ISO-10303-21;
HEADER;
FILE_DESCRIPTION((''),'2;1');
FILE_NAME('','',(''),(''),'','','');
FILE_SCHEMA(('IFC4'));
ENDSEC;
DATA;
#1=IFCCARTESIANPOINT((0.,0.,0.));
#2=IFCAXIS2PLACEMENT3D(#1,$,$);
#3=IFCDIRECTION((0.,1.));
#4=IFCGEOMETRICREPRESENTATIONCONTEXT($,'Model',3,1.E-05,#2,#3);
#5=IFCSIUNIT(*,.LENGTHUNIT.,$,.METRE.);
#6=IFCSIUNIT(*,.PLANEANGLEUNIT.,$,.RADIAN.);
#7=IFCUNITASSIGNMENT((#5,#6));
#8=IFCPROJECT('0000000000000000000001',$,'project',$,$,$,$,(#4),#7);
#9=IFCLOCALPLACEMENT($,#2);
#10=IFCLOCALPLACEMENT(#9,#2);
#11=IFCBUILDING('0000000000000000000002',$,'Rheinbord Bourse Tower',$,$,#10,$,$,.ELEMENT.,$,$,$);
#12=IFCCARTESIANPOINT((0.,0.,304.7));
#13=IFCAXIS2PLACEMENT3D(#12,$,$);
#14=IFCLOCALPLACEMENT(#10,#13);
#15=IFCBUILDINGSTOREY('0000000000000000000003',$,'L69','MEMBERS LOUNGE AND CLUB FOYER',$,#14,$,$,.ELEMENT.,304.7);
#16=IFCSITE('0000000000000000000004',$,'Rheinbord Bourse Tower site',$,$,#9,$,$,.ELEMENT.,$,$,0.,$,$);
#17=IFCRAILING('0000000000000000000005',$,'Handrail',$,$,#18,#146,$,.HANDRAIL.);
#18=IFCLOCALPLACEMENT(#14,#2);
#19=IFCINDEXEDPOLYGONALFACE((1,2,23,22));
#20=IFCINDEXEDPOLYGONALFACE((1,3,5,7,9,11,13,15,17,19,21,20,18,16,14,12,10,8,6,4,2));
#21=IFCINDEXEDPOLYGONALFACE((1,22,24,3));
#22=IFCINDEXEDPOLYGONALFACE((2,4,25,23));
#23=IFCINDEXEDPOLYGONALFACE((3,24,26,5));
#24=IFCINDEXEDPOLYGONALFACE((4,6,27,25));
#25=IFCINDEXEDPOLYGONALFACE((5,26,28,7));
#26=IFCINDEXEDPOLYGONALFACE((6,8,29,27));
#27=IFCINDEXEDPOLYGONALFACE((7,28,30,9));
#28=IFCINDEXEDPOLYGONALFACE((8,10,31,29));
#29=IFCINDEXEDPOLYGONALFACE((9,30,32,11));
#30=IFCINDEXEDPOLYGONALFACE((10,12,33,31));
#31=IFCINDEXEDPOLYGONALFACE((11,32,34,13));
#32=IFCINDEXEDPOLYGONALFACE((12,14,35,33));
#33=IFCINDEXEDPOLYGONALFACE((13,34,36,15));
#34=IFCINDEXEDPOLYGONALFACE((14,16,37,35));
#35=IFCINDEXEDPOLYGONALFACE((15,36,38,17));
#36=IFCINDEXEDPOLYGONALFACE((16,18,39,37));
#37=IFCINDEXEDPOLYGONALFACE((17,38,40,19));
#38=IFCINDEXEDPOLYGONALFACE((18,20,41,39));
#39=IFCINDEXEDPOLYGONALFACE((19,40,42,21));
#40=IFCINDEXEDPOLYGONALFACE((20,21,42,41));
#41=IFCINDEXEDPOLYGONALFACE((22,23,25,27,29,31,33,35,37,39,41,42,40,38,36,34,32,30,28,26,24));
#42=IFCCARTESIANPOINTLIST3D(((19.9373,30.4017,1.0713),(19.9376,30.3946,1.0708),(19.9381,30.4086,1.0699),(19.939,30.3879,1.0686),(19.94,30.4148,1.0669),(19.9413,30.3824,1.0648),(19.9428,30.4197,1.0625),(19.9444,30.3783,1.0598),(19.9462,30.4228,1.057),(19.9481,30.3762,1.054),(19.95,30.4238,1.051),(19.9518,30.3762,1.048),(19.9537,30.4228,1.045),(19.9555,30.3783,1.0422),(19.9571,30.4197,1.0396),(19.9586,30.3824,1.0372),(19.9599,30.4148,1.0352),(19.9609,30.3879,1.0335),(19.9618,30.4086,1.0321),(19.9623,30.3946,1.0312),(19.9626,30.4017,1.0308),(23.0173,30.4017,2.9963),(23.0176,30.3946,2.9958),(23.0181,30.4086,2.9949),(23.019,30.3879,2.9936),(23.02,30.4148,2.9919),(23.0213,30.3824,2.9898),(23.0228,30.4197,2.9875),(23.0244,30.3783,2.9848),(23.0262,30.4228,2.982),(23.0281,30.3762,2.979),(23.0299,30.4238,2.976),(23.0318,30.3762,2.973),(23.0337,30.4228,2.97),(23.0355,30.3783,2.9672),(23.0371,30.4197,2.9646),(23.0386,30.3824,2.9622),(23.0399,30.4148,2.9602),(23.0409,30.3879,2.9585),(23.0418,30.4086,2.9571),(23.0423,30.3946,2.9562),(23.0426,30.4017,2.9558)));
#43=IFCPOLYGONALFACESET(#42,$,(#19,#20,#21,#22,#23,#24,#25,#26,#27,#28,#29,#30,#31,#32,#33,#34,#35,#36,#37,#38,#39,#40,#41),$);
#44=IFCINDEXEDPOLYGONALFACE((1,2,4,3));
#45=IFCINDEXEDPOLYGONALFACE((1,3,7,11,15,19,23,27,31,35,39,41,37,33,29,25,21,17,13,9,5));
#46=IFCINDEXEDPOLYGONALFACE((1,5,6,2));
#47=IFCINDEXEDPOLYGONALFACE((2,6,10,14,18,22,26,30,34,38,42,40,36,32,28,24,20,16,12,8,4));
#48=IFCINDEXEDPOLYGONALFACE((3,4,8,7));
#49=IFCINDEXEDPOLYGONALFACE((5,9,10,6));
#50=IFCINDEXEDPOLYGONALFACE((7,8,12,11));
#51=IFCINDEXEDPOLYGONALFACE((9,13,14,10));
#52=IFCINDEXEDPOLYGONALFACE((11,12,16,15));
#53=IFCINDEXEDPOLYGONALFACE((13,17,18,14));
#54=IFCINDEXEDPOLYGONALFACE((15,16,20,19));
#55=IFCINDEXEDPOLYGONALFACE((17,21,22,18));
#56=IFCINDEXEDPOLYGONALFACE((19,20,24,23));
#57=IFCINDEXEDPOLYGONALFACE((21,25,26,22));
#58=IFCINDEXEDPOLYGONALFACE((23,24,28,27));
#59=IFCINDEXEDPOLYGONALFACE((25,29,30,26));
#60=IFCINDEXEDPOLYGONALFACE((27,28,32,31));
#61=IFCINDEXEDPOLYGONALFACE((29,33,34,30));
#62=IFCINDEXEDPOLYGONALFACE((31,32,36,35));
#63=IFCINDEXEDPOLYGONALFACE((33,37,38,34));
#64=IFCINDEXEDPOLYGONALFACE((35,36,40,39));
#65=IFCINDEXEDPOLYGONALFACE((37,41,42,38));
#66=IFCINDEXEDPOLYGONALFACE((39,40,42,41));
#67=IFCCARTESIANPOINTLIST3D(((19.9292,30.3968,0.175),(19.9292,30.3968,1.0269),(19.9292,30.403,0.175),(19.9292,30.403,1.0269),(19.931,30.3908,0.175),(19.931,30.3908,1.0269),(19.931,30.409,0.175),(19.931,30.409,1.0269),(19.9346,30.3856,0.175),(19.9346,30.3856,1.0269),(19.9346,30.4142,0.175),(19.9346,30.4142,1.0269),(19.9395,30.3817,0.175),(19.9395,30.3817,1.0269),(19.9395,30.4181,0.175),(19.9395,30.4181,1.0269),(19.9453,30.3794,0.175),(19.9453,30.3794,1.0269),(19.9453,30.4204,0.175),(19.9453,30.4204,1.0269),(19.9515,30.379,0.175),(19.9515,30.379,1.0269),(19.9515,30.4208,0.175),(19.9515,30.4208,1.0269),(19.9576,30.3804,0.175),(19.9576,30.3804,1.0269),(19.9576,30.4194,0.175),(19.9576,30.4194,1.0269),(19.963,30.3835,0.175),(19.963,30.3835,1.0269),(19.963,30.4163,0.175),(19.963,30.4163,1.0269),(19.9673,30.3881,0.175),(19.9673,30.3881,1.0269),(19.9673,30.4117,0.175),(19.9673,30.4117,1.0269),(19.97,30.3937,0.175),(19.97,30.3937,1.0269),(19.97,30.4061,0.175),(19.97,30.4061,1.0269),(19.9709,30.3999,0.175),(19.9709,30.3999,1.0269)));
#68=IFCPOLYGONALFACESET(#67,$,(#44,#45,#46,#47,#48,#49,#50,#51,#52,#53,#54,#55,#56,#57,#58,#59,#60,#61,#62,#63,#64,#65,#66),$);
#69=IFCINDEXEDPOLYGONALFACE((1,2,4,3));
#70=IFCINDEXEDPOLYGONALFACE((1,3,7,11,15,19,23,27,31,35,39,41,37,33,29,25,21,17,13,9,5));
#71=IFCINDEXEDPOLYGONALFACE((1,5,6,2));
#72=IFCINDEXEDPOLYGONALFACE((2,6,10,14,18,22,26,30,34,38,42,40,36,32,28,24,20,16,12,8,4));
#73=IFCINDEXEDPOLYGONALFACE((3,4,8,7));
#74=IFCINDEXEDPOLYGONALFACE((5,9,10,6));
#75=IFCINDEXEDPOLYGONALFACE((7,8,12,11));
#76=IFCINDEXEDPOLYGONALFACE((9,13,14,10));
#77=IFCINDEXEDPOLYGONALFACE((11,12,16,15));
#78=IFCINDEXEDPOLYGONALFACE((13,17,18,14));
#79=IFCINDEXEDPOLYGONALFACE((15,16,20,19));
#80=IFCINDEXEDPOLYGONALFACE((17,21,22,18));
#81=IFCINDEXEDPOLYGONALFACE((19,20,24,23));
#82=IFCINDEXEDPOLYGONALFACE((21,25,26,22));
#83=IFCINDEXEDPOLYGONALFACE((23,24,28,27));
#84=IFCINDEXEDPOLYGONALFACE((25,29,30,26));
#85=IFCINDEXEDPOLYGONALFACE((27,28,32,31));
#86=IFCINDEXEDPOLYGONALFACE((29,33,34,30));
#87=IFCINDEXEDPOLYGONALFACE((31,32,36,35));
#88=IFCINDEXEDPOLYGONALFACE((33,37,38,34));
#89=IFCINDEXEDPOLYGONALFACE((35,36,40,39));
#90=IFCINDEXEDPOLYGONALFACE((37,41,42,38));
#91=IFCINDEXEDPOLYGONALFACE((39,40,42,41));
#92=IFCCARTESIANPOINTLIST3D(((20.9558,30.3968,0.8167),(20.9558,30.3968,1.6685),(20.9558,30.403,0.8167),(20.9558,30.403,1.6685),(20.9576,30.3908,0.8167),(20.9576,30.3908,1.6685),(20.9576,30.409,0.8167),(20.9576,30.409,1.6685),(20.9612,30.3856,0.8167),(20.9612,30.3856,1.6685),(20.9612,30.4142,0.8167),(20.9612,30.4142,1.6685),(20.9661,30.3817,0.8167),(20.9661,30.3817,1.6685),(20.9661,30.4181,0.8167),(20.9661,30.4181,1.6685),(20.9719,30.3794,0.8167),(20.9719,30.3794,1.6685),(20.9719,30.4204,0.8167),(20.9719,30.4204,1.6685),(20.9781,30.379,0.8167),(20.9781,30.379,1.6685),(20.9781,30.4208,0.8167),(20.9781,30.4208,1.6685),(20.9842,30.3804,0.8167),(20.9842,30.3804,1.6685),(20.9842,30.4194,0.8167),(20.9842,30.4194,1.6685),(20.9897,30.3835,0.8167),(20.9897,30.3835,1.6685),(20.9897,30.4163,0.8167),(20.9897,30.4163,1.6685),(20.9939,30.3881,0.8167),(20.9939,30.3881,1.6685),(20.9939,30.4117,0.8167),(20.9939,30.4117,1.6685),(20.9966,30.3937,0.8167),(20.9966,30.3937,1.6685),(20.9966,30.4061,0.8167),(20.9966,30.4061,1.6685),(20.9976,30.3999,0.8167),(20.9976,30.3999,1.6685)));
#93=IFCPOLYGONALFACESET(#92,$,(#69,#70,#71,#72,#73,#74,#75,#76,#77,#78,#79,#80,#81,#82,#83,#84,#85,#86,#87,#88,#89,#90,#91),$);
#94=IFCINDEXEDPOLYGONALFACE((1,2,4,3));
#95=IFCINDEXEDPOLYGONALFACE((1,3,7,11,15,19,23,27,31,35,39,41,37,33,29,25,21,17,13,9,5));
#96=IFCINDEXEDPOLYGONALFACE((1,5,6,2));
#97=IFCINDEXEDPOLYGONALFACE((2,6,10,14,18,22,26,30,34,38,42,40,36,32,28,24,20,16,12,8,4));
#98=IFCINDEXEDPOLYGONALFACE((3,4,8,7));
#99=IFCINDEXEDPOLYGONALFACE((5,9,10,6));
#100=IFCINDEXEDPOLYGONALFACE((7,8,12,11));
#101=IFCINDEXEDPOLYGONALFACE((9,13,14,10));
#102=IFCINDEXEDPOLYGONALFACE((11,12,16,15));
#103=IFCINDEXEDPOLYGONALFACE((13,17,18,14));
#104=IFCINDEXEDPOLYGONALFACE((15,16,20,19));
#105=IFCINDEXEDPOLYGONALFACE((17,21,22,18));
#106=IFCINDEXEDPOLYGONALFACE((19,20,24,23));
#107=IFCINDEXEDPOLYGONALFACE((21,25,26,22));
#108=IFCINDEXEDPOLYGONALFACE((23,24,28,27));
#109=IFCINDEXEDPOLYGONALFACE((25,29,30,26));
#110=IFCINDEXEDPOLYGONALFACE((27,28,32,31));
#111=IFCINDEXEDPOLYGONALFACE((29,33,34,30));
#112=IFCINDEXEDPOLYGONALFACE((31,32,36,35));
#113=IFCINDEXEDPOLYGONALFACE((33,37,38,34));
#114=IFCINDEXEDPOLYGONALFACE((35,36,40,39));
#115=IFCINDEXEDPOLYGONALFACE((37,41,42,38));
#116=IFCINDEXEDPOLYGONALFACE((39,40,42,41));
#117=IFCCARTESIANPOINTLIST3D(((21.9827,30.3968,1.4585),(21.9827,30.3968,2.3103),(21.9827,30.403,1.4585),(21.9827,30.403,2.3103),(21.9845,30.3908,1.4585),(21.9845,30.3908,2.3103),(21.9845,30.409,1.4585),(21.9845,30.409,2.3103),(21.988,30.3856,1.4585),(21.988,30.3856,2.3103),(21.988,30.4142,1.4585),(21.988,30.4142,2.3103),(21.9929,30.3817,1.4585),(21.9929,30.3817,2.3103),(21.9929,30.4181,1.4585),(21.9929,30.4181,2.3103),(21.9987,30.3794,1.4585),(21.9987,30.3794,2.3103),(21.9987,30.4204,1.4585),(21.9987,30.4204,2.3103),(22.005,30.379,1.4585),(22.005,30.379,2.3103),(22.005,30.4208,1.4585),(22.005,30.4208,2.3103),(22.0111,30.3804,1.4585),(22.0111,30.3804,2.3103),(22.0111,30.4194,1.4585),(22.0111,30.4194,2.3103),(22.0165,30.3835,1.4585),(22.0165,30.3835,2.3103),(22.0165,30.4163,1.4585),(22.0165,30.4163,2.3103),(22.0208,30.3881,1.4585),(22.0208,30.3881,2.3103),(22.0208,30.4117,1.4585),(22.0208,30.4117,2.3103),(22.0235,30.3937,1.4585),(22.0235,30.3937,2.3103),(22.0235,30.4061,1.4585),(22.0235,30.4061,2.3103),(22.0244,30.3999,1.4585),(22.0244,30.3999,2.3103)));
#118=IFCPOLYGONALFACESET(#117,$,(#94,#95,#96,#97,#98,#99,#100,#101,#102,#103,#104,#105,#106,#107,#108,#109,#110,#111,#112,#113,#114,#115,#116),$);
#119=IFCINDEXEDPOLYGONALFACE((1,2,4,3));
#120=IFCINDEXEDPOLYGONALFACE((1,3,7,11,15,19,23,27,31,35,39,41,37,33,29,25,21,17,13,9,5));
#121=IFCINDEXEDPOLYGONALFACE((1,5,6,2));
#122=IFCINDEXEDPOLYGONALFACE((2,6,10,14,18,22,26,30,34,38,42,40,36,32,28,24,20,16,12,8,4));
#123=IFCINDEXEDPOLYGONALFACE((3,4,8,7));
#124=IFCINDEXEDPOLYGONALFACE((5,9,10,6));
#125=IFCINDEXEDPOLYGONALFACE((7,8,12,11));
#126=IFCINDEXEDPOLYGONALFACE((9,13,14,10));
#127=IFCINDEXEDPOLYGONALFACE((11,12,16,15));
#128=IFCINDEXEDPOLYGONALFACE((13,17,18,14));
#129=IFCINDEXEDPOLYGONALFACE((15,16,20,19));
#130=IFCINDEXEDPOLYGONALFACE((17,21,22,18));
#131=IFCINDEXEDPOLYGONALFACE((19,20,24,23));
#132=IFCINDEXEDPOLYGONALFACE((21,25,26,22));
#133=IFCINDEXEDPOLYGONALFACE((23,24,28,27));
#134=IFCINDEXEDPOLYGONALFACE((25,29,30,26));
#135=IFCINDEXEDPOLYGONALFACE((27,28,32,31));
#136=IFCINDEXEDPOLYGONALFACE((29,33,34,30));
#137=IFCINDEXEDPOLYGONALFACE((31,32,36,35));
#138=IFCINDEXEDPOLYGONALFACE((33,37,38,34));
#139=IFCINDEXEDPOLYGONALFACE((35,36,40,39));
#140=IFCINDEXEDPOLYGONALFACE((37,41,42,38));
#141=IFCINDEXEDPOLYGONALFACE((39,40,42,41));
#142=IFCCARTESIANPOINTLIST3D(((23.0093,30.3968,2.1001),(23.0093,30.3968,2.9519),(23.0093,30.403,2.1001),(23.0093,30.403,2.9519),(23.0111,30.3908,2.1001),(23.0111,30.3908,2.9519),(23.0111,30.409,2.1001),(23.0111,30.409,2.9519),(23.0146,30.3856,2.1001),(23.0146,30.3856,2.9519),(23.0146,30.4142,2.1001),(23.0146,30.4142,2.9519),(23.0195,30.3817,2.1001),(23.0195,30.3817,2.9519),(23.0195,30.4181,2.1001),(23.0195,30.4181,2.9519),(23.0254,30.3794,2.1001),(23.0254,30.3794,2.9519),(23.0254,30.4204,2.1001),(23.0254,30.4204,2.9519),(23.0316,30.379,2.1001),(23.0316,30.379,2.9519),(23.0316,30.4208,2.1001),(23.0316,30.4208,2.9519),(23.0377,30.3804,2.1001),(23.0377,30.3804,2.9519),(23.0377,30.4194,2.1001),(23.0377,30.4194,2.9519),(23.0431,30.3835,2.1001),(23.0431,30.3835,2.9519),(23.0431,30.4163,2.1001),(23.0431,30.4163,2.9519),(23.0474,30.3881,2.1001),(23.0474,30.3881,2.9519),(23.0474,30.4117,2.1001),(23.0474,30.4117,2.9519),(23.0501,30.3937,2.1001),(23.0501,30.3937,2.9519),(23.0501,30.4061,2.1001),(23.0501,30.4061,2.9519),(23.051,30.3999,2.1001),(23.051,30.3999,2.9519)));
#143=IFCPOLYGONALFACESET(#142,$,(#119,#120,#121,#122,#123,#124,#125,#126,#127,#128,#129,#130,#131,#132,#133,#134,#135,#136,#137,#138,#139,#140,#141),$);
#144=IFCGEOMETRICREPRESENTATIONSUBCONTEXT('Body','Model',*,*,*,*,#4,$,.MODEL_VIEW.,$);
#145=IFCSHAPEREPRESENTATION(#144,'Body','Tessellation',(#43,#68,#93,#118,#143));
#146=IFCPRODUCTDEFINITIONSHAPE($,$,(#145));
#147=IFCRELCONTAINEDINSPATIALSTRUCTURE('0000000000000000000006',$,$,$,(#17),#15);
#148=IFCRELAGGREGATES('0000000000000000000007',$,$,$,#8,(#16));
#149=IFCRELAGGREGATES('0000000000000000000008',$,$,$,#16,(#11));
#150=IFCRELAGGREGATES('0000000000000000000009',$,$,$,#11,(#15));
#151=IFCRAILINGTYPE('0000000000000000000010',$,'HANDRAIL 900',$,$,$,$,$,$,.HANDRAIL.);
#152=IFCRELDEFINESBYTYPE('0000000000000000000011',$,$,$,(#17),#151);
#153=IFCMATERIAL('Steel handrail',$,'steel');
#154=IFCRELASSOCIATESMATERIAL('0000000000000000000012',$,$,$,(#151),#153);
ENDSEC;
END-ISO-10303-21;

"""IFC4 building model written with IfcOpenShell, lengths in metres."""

from ifc_helpers import new_model, si_unit, direction, frame, origin, origin_2d, place, context, subcontext, project, spatial, circle, extrude, material, type_object, element, save


model = new_model("IFC4")

# Units and contexts
model_context = context("Model", 3, precision=1e-05, world=origin(), true_north=direction((0.0, 1.0)))
body_context = subcontext(model_context, "Body", "Model", "MODEL_VIEW")
ifc_project = project(units=[si_unit("LENGTHUNIT", "METRE"), si_unit("PLANEANGLEUNIT", "RADIAN")], contexts=[model_context])

# Site, building, storey
site_placement = place(None, origin())
site = spatial("IfcSite", under=ifc_project, at=site_placement, Name="Rheinbord Bourse Tower site", CompositionType="ELEMENT", RefElevation=0.0)
building_placement = place(site_placement, origin())
building = spatial("IfcBuilding", under=site, at=building_placement, Name="Rheinbord Bourse Tower", CompositionType="ELEMENT")
storey_placement = place(building_placement, frame((0.0, 0.0, 304.7)))
storey = spatial("IfcBuildingStorey", under=building, at=storey_placement, Name="L69", Description="MEMBERS LOUNGE AND CLUB FOYER", CompositionType="ELEMENT", Elevation=304.7)

# Railing
ifc_material_1 = material(Name="Steel handrail", Category="steel")
railing_type = type_object("IfcRailingType", Name="HANDRAIL 900", PredefinedType="HANDRAIL", material=ifc_material_1)
railing_1_placement = place(storey_placement, frame((19.95, 30.3999, 0.175)))
element("IfcRailing", 1, at=railing_1_placement, inside=storey, type_object=railing_type, Name="Handrail", PredefinedType="HANDRAIL", context=body_context, shape_type="SweptSolid", body=[
    extrude(circle(Radius=0.0239, at=origin_2d()), frame((0.0, 0.0, 0.876), z_axis=(0.847998, 0.0, 0.529999), x_axis=(0.0, 1.0, 0.0)), (0.0, 0.0, 1.0), 3.6321),
    extrude(circle(Radius=0.021, at=origin_2d()), origin(), (0.0, 0.0, 1.0), 0.8518),
    extrude(circle(Radius=0.021, at=origin_2d()), frame((1.0266, 0.0, 0.6416)), (0.0, 0.0, 1.0), 0.8518),
    extrude(circle(Radius=0.021, at=origin_2d()), frame((2.0535, 0.0, 1.2834)), (0.0, 0.0, 1.0), 0.8518),
    extrude(circle(Radius=0.021, at=origin_2d()), frame((3.0801, 0.0, 1.925)), (0.0, 0.0, 1.0), 0.8518),
])

save(model, "model.ifc")
